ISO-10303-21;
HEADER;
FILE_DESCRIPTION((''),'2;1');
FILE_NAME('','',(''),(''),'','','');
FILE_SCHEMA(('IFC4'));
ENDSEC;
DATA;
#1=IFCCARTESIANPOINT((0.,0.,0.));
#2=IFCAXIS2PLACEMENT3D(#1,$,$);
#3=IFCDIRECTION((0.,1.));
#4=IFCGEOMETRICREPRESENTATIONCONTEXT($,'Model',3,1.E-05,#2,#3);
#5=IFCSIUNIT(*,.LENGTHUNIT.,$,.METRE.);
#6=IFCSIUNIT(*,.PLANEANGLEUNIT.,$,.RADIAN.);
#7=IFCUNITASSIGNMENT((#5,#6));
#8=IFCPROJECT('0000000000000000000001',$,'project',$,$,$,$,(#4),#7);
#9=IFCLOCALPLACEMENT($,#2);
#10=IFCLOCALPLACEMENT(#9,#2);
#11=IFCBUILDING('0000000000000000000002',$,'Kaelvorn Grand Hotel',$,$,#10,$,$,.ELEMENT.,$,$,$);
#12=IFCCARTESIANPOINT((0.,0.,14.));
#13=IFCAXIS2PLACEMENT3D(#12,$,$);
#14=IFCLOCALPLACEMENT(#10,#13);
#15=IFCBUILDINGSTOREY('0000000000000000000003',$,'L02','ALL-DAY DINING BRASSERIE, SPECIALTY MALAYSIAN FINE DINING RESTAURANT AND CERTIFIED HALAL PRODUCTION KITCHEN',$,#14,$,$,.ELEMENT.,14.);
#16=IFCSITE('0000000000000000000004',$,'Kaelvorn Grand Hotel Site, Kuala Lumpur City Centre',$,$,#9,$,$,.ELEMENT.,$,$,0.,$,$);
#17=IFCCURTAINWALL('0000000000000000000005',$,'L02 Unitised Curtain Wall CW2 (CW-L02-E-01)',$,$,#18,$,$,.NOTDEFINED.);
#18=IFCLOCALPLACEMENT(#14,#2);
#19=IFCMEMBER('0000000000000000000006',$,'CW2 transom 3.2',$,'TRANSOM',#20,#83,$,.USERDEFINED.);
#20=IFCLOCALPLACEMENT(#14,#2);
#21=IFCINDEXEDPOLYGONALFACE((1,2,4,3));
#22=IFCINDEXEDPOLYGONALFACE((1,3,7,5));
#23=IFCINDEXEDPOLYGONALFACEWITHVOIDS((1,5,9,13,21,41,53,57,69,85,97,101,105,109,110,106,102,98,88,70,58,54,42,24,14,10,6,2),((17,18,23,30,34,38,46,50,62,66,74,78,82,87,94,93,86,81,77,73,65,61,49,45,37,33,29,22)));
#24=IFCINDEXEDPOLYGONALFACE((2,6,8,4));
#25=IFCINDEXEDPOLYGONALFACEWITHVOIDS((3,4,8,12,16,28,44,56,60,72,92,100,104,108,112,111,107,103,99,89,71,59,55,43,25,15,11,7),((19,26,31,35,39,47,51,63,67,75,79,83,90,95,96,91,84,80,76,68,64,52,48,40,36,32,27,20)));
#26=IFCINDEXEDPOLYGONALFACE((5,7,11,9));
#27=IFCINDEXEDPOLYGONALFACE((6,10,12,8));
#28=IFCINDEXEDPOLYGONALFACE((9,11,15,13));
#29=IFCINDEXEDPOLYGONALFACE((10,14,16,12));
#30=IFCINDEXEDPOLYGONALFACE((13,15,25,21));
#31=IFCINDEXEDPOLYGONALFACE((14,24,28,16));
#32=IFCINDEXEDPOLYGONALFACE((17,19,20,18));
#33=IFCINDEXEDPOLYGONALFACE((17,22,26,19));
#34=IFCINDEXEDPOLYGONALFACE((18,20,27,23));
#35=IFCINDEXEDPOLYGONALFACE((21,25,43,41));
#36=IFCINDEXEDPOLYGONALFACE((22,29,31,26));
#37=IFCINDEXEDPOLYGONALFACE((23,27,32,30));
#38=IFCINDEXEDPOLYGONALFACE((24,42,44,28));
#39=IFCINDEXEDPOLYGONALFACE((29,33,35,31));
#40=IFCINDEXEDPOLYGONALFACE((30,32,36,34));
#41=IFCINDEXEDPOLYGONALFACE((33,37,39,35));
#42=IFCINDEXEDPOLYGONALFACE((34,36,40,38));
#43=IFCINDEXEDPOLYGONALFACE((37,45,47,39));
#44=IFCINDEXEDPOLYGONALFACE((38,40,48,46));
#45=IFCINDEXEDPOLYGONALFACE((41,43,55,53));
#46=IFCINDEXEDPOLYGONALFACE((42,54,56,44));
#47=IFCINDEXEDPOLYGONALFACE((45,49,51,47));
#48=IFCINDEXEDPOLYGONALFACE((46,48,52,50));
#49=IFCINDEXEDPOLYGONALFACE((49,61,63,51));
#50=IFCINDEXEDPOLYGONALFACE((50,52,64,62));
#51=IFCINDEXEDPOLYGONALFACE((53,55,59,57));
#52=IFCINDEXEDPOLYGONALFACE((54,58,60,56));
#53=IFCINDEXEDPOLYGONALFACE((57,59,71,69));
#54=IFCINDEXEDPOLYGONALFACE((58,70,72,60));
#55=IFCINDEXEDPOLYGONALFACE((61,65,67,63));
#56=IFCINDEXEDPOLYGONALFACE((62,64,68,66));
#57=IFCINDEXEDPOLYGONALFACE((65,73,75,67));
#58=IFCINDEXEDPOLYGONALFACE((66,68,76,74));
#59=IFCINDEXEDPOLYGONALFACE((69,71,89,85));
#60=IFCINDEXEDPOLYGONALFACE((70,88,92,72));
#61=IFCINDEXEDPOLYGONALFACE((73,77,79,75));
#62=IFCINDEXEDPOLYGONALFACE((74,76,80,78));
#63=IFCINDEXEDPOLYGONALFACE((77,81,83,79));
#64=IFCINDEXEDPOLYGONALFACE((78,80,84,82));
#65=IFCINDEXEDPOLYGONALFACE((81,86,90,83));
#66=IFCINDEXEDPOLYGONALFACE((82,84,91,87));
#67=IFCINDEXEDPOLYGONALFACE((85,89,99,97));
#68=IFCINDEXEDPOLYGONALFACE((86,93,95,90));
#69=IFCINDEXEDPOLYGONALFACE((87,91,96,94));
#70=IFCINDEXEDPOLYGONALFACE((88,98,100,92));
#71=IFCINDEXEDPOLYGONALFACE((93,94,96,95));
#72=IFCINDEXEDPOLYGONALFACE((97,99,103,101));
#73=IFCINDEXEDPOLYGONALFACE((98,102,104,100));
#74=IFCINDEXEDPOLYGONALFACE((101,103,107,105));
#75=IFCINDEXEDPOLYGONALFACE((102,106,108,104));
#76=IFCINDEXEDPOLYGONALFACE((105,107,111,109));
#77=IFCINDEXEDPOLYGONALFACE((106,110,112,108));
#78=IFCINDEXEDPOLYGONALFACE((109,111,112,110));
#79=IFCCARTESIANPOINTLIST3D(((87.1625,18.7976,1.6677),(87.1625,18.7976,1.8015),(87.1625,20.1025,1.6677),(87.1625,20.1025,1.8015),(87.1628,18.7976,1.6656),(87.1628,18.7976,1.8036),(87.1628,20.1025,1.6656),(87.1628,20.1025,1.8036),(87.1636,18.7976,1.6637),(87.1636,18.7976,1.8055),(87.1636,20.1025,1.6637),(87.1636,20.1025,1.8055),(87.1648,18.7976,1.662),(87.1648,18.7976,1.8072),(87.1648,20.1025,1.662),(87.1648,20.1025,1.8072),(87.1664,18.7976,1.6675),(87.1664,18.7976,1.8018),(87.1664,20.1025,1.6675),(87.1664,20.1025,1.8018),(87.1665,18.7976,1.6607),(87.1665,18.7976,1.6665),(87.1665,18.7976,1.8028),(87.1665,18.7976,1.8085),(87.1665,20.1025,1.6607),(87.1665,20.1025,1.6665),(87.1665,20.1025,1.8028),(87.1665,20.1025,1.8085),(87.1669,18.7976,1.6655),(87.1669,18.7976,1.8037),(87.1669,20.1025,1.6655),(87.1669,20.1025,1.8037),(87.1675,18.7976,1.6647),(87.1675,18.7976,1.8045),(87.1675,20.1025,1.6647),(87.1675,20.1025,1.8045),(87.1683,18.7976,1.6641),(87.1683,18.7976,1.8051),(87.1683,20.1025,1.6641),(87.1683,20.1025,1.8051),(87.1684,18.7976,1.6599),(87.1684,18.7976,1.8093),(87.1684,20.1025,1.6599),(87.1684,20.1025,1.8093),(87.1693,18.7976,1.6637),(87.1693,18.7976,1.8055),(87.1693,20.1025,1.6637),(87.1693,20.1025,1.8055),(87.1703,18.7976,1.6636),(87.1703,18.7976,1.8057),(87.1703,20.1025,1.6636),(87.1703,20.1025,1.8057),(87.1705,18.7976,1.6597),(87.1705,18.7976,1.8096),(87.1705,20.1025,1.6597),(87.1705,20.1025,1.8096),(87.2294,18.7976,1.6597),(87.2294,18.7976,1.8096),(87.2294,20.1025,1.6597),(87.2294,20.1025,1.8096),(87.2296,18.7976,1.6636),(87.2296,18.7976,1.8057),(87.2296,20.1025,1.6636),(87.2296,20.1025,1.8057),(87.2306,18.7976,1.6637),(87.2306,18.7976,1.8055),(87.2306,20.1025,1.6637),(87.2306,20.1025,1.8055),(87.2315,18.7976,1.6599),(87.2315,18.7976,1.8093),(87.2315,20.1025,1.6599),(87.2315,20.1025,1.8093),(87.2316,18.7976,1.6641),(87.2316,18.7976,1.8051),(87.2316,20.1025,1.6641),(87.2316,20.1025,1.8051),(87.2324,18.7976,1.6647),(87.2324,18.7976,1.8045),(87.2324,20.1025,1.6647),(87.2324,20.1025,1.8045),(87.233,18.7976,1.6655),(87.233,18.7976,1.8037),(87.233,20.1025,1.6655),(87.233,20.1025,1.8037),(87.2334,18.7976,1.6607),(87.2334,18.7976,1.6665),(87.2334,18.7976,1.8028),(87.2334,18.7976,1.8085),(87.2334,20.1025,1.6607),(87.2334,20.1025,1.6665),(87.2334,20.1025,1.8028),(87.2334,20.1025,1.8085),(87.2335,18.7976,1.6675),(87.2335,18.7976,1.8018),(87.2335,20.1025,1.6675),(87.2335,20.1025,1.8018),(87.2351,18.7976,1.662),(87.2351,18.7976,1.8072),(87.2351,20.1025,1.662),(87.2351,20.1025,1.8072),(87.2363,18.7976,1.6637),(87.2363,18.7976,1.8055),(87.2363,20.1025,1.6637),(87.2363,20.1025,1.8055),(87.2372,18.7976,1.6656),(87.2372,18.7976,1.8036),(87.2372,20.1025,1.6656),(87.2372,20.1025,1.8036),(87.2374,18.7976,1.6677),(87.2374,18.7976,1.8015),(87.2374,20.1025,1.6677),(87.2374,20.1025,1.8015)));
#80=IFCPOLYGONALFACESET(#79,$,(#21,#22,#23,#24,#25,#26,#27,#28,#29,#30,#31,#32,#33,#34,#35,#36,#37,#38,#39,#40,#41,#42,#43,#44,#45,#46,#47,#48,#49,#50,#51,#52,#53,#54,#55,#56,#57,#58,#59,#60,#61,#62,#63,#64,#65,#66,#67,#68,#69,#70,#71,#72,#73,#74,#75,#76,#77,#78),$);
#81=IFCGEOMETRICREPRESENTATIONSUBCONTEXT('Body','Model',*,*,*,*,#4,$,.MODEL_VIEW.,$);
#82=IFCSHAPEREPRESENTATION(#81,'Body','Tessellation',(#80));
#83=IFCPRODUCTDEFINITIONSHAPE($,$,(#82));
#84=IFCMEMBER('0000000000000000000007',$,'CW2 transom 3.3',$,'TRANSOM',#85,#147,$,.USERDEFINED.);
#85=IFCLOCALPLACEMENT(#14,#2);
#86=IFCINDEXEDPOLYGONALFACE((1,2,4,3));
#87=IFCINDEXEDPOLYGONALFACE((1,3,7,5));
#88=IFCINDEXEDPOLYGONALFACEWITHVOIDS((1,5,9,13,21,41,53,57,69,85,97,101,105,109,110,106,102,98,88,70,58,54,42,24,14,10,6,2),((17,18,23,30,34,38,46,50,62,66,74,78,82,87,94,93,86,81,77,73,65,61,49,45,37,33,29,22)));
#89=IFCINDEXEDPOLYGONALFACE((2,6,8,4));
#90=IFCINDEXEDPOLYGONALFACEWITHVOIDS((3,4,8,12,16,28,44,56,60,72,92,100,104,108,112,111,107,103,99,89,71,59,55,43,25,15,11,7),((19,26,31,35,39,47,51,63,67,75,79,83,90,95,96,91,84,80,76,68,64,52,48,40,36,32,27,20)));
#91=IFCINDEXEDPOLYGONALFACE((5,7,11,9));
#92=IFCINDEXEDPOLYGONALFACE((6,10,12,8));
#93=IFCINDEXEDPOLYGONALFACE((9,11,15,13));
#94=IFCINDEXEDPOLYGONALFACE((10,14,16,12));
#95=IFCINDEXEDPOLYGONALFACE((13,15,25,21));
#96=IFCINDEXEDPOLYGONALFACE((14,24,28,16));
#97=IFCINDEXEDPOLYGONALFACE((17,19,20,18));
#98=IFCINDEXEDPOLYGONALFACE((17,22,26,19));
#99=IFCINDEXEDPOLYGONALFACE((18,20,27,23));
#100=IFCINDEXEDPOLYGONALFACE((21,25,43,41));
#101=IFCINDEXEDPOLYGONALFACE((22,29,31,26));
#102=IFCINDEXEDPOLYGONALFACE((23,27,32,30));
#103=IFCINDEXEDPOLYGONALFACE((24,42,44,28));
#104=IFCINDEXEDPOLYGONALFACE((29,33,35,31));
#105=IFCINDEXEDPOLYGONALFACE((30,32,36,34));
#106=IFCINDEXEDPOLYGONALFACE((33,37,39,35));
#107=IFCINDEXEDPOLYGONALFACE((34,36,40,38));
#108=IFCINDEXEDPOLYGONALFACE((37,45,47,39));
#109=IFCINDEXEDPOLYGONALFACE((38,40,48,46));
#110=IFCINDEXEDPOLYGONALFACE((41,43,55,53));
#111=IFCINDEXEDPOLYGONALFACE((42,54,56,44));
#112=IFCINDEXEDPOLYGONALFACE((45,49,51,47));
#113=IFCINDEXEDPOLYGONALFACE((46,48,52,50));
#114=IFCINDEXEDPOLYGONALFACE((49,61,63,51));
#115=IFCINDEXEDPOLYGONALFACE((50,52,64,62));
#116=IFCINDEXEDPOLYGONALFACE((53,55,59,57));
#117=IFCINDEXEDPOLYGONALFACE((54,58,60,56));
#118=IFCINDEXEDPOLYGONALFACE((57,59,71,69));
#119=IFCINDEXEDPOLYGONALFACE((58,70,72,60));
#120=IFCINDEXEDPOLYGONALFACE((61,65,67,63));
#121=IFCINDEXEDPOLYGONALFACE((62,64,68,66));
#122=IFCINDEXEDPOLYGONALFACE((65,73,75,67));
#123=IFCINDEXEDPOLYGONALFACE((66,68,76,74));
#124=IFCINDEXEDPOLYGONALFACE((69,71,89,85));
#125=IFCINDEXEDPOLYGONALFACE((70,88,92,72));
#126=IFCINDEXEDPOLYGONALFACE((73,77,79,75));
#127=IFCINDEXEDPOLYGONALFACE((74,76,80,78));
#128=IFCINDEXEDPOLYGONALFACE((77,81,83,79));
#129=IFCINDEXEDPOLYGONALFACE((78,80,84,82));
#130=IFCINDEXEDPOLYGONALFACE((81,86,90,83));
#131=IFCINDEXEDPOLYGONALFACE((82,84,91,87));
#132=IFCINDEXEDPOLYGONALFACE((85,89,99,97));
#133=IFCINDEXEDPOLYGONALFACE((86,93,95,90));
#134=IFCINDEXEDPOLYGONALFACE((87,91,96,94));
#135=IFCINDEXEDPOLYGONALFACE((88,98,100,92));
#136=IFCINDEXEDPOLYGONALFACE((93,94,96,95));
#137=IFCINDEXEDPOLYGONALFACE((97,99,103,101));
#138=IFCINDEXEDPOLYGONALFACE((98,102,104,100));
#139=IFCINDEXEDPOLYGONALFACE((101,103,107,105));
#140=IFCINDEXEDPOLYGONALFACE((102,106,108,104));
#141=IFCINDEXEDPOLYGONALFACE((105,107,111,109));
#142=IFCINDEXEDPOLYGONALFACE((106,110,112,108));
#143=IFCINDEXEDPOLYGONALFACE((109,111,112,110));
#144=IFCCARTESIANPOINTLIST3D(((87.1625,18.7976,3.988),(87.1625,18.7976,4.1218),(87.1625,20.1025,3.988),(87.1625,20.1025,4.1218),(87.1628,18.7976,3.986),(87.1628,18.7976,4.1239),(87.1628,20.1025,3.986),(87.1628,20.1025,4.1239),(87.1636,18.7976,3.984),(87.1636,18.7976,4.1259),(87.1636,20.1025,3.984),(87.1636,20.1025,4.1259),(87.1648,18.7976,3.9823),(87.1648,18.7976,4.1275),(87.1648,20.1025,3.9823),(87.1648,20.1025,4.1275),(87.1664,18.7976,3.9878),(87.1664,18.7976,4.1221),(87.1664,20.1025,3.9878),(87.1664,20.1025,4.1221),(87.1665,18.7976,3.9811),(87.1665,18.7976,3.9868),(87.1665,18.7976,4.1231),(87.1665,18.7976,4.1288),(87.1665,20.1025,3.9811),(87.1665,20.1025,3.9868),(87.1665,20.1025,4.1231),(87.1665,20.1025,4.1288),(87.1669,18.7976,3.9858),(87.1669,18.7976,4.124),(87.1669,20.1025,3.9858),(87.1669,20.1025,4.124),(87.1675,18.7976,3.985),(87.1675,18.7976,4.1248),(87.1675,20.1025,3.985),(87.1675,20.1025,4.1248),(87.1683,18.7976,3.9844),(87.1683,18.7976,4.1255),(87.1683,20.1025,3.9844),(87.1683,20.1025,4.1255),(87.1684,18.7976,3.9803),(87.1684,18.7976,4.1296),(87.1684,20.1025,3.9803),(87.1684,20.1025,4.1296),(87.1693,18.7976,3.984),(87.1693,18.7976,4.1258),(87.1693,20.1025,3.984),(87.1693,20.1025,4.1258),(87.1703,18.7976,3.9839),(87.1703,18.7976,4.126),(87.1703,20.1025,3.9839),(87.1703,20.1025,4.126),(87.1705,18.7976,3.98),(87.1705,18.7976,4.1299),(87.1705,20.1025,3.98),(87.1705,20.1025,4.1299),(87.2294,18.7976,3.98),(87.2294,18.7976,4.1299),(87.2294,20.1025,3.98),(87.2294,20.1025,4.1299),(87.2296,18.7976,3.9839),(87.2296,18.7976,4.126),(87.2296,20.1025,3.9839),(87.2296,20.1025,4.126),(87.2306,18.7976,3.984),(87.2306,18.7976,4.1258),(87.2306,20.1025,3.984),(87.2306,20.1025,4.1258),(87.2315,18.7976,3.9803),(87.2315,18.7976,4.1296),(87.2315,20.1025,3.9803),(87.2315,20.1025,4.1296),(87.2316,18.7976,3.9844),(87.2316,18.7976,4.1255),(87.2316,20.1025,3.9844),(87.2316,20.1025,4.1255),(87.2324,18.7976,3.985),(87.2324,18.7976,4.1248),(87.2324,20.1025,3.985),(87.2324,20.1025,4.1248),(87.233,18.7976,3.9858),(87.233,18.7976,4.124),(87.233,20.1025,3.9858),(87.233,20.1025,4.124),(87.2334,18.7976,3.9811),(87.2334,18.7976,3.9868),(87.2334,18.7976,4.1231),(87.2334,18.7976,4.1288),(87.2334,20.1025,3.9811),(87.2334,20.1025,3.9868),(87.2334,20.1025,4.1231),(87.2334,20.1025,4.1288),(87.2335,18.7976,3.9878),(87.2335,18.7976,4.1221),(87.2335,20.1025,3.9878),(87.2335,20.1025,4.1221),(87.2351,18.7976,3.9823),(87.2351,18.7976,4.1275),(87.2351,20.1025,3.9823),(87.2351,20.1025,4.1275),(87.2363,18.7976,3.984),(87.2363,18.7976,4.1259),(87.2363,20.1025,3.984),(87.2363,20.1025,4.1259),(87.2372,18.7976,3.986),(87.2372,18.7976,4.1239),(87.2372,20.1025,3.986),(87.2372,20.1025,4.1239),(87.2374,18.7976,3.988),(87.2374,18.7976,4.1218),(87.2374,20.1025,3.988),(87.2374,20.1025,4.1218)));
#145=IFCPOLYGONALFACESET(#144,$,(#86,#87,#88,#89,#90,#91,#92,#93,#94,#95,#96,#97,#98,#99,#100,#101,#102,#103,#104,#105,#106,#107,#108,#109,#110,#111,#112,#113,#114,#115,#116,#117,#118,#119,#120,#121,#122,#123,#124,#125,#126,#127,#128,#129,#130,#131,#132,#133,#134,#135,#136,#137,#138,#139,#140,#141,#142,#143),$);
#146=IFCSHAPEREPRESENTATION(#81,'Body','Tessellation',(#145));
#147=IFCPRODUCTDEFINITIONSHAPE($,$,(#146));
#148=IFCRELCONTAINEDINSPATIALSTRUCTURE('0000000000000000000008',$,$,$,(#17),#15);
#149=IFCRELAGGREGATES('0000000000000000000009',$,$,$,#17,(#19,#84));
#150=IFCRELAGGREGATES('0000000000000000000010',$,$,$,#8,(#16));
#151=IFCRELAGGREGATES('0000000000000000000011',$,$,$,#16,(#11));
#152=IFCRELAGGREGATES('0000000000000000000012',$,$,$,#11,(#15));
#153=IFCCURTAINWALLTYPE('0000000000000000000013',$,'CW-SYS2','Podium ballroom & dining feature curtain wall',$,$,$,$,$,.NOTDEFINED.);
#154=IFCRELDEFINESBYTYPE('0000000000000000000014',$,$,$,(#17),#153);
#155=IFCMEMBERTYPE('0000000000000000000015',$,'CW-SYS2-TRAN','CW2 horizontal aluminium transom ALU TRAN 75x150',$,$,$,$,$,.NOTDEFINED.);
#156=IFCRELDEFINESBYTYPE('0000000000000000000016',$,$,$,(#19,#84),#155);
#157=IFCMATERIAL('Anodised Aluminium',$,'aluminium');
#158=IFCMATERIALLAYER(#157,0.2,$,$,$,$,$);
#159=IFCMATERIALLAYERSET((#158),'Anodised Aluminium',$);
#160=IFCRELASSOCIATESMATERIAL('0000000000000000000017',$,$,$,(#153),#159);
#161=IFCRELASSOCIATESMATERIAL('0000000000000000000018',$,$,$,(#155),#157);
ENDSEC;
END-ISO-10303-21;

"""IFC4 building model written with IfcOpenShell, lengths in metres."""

from ifc_helpers import new_model, si_unit, direction, frame, origin, origin_2d, place, context, subcontext, project, spatial, hollow_rectangle, extrude, material, layer, layer_set, material_profile, profile_set, type_object, element, aggregate, save


model = new_model("IFC4")

# Units and contexts
model_context = context("Model", 3, precision=1e-05, world=origin(), true_north=direction((0.0, 1.0)))
body_context = subcontext(model_context, "Body", "Model", "MODEL_VIEW")
ifc_project = project(units=[si_unit("LENGTHUNIT", "METRE"), si_unit("PLANEANGLEUNIT", "RADIAN")], contexts=[model_context])

# Site, building, storey
site_placement = place(None, origin())
site = spatial("IfcSite", under=ifc_project, at=site_placement, Name="Kaelvorn Grand Hotel Site, Kuala Lumpur City Centre", CompositionType="ELEMENT", RefElevation=0.0)
building_placement = place(site_placement, origin())
building = spatial("IfcBuilding", under=site, at=building_placement, Name="Kaelvorn Grand Hotel", CompositionType="ELEMENT")
storey_placement = place(building_placement, frame((0.0, 0.0, 14.0)))
storey = spatial("IfcBuildingStorey", under=building, at=storey_placement, Name="L02", Description="ALL-DAY DINING BRASSERIE, SPECIALTY MALAYSIAN FINE DINING RESTAURANT AND CERTIFIED HALAL PRODUCTION KITCHEN", CompositionType="ELEMENT", Elevation=14.0)

# Curtain wall, members
ifc_material_1 = material(Name="Anodised Aluminium", Category="aluminium")
ifc_layer_1 = layer(ifc_material_1, 0.2)
ifc_layer_set_1 = layer_set([ifc_layer_1], Name="Anodised Aluminium")
curtain_wall_type = type_object("IfcCurtainWallType", Name="CW-SYS2", Description="Podium ballroom & dining feature curtain wall", PredefinedType="NOTDEFINED", material=ifc_layer_set_1)
curtain_wall_placement = place(storey_placement, origin())
curtain_wall = element("IfcCurtainWall", 1, at=curtain_wall_placement, inside=storey, type_object=curtain_wall_type, Name="L02 Unitised Curtain Wall CW2 (CW-L02-E-01)", PredefinedType="NOTDEFINED")
ifc_material_profile_1 = material_profile(ifc_material_1, hollow_rectangle(XDim=0.075, YDim=0.1499, WallThickness=0.0039, InnerFilletRadius=0.0039, OuterFilletRadius=0.0081, at=origin_2d()), Name="ALU TRAN 75x150")
ifc_profile_set_1 = profile_set([ifc_material_profile_1], Name="Anodised Aluminium")
member_type_1 = type_object("IfcMemberType", Name="CW-SYS2-TRAN", Description="CW2 horizontal aluminium transom ALU TRAN 75x150", PredefinedType="NOTDEFINED", material=ifc_profile_set_1)
member_1_placement = place(storey_placement, frame((87.2, 18.7976, 1.7346), z_axis=(0.0, 1.0, 0.0), x_axis=(-1.0, 0.0, 0.0)))
member_1 = element("IfcMember", 2, at=member_1_placement, type_object=member_type_1, Name="CW2 transom 3.2", ObjectType="TRANSOM", PredefinedType="USERDEFINED", context=body_context, shape_type="SweptSolid", body=[
    extrude(hollow_rectangle(XDim=0.075, YDim=0.1499, WallThickness=0.0039, InnerFilletRadius=0.0039, OuterFilletRadius=0.0081, at=origin_2d()), origin(), (0.0, 0.0, 1.0), 1.3049),
])
member_2_placement = place(storey_placement, frame((87.2, 18.7976, 4.0549), z_axis=(0.0, 1.0, 0.0), x_axis=(-1.0, 0.0, 0.0)))
member_2 = element("IfcMember", 3, at=member_2_placement, type_object=member_type_1, Name="CW2 transom 3.3", ObjectType="TRANSOM", PredefinedType="USERDEFINED", context=body_context, shape_type="SweptSolid", body=[
    extrude(hollow_rectangle(XDim=0.075, YDim=0.1499, WallThickness=0.0039, InnerFilletRadius=0.0039, OuterFilletRadius=0.0081, at=origin_2d()), origin(), (0.0, 0.0, 1.0), 1.3049),
])
aggregate(curtain_wall, [member_1, member_2])

save(model, "model.ifc")
